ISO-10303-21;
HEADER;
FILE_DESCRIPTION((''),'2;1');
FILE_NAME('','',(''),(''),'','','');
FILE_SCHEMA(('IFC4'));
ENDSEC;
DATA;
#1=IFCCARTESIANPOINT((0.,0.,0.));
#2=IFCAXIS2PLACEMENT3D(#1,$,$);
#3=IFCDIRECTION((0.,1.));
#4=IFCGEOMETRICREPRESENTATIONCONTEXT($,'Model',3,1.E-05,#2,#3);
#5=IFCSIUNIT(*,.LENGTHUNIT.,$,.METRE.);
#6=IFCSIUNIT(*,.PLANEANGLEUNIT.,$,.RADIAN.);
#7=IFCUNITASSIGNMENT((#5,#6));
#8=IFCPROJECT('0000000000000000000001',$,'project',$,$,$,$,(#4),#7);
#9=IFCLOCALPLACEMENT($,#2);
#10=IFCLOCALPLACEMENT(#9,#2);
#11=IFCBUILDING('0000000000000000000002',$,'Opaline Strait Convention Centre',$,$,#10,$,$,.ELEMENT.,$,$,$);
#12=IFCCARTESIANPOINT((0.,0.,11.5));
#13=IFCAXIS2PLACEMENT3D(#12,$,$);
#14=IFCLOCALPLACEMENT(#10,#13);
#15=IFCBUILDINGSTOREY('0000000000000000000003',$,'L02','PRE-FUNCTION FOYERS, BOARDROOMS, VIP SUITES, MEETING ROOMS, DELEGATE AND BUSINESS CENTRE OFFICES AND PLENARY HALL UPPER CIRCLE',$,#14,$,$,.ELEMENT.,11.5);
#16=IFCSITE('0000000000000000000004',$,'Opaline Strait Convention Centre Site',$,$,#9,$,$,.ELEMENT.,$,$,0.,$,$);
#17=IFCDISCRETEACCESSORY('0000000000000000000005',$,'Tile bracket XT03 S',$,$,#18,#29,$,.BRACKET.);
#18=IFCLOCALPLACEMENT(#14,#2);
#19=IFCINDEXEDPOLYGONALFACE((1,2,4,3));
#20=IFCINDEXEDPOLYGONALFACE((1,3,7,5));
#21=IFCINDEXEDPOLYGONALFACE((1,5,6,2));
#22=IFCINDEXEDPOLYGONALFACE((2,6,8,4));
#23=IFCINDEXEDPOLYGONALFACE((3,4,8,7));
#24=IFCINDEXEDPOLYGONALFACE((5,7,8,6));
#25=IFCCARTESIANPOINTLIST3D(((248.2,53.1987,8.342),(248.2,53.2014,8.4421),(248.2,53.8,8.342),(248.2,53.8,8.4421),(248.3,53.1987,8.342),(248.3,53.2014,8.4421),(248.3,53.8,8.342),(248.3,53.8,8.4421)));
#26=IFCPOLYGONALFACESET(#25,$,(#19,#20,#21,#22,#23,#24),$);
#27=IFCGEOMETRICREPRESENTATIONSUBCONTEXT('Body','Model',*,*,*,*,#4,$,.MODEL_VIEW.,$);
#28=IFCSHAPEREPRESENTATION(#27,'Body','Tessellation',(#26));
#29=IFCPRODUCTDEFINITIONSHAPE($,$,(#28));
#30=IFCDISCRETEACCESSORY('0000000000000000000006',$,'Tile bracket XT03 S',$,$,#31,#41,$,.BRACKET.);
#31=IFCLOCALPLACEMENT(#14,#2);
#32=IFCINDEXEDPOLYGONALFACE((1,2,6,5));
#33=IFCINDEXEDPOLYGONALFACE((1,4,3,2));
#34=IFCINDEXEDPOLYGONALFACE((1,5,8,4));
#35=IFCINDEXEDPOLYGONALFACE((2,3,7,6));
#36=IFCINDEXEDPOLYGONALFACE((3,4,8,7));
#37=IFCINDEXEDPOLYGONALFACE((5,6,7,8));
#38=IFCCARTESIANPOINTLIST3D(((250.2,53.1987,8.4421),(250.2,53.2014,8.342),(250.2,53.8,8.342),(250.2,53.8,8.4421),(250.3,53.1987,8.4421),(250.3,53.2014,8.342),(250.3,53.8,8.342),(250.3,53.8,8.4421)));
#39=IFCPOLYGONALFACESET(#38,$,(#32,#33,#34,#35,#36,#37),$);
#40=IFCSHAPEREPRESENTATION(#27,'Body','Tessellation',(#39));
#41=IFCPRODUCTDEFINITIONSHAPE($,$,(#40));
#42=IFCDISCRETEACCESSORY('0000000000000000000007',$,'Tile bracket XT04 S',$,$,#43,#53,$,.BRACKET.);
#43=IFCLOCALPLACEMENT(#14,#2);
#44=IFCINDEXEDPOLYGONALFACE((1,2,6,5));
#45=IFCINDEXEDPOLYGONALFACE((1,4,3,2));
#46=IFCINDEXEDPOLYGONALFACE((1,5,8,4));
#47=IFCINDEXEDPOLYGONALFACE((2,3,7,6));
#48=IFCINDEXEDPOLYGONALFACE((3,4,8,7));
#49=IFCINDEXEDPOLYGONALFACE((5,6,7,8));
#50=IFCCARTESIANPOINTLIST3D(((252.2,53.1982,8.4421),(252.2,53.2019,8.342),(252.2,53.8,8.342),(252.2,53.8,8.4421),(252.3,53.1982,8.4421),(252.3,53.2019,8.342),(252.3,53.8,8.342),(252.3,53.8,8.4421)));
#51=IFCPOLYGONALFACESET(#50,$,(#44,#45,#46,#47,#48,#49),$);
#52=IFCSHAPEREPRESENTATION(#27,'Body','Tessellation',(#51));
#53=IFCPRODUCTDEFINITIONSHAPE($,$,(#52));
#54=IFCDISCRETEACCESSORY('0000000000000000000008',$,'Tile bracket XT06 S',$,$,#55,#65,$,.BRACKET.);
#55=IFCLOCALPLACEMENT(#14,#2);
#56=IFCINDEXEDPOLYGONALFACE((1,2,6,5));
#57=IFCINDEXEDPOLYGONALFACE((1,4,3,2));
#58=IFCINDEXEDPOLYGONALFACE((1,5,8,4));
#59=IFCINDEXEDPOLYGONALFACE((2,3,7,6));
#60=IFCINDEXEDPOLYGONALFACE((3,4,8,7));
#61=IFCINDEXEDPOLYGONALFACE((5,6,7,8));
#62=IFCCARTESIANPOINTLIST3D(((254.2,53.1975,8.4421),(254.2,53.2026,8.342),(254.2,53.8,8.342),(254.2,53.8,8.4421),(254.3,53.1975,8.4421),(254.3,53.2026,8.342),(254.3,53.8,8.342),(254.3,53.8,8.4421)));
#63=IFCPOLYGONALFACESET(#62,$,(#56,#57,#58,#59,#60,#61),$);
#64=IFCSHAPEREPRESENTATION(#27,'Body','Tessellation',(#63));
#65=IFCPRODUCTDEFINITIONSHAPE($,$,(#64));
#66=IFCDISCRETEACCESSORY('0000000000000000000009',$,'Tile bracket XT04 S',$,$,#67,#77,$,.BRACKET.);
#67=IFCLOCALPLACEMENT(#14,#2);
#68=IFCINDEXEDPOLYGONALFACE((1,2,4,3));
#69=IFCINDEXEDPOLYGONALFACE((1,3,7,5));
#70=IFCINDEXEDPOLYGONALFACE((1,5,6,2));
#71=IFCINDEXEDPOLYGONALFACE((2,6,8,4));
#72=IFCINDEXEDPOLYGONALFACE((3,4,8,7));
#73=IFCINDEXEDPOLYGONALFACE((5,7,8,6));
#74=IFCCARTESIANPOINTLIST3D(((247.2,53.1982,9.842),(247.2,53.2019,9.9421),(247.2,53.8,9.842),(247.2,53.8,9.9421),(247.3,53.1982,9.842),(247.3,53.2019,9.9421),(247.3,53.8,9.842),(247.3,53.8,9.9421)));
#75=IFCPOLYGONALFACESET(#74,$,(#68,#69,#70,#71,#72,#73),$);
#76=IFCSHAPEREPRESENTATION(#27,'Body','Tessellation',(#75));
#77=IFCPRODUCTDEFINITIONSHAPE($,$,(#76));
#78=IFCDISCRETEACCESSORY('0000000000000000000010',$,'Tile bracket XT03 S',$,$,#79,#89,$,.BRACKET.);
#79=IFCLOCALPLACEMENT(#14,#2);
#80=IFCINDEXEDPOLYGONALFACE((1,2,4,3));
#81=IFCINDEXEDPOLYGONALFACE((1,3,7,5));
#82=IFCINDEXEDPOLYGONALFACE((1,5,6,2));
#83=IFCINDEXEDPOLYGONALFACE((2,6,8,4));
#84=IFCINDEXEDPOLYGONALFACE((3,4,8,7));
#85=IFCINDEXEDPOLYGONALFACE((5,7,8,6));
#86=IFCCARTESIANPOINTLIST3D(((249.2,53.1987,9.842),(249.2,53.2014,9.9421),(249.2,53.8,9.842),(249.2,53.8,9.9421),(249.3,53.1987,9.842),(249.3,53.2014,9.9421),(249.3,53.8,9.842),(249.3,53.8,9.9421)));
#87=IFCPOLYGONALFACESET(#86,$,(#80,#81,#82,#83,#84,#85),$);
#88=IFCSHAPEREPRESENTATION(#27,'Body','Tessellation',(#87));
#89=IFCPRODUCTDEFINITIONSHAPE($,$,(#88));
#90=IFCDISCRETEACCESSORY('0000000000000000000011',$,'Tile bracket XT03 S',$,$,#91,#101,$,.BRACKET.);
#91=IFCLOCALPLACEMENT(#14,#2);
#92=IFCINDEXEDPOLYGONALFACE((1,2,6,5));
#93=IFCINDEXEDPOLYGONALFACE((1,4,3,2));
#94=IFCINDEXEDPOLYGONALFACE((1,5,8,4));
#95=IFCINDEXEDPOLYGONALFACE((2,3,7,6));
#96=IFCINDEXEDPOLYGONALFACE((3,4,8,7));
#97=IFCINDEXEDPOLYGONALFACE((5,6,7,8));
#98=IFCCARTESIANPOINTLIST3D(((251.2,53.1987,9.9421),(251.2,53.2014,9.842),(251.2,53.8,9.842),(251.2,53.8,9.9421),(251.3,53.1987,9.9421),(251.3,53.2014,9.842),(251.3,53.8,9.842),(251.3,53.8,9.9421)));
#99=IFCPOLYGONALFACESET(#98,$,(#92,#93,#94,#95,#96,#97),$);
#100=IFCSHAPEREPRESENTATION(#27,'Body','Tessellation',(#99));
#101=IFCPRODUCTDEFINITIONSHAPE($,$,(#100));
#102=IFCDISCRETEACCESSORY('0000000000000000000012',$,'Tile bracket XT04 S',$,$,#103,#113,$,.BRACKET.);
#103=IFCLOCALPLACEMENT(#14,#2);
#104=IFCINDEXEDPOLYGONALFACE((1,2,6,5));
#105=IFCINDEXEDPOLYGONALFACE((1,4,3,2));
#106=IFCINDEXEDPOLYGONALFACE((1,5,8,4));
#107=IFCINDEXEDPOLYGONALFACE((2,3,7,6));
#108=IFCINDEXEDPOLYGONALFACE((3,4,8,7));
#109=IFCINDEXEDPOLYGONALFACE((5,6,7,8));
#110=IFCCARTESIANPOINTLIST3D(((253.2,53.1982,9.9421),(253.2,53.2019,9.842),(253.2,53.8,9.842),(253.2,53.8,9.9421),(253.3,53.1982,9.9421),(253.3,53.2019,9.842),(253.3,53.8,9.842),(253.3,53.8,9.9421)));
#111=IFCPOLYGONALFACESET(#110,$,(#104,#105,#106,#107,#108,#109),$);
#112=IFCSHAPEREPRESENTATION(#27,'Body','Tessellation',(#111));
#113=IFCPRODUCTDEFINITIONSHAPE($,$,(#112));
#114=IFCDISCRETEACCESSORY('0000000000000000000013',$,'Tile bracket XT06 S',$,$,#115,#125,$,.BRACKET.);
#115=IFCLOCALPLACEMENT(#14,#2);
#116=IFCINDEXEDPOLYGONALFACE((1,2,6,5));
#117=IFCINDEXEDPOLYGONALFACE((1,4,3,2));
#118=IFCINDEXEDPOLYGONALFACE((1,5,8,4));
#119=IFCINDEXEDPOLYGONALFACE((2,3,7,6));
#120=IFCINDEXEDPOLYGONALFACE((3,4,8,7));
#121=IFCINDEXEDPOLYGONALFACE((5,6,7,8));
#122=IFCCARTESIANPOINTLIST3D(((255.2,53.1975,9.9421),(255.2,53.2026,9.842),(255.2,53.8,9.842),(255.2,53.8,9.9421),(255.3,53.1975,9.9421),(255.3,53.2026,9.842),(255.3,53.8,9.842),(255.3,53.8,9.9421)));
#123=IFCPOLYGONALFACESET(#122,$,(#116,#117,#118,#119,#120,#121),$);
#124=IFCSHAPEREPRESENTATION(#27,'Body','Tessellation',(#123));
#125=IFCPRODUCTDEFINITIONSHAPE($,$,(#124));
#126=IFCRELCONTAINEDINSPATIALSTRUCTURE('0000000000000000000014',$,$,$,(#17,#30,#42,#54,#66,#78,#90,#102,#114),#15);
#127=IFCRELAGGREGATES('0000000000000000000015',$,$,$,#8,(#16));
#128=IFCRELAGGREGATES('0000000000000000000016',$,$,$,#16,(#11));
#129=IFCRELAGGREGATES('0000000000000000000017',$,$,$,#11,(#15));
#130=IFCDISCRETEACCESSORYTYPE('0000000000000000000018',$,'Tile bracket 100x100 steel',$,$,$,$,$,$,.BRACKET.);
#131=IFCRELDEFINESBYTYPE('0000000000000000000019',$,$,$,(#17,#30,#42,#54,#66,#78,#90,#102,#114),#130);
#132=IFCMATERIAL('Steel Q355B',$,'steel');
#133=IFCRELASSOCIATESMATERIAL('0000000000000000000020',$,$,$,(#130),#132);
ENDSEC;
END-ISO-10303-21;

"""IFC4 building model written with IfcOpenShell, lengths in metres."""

from ifc_helpers import new_model, si_unit, direction, frame, origin, place, context, subcontext, project, spatial, polyline, outline, extrude, material, type_object, element, save


model = new_model("IFC4")

# Units and contexts
model_context = context("Model", 3, precision=1e-05, world=origin(), true_north=direction((0.0, 1.0)))
body_context = subcontext(model_context, "Body", "Model", "MODEL_VIEW")
ifc_project = project(units=[si_unit("LENGTHUNIT", "METRE"), si_unit("PLANEANGLEUNIT", "RADIAN")], contexts=[model_context])

# Site, building, storey
site_placement = place(None, origin())
site = spatial("IfcSite", under=ifc_project, at=site_placement, Name="Opaline Strait Convention Centre Site", CompositionType="ELEMENT", RefElevation=0.0)
building_placement = place(site_placement, origin())
building = spatial("IfcBuilding", under=site, at=building_placement, Name="Opaline Strait Convention Centre", CompositionType="ELEMENT")
storey_placement = place(building_placement, frame((0.0, 0.0, 11.5)))
storey = spatial("IfcBuildingStorey", under=building, at=storey_placement, Name="L02", Description="PRE-FUNCTION FOYERS, BOARDROOMS, VIP SUITES, MEETING ROOMS, DELEGATE AND BUSINESS CENTRE OFFICES AND PLENARY HALL UPPER CIRCLE", CompositionType="ELEMENT", Elevation=11.5)

# Discrete accessories
ifc_material_1 = material(Name="Steel Q355B", Category="steel")
discrete_accessory_type = type_object("IfcDiscreteAccessoryType", Name="Tile bracket 100x100 steel", PredefinedType="BRACKET", material=ifc_material_1)
discrete_accessory_1_placement = place(storey_placement, frame((248.2, 53.8, 8.3921), z_axis=(1.0, 0.0, 0.0), x_axis=(0.0, 1.0, 0.0)))
element("IfcDiscreteAccessory", 1, at=discrete_accessory_1_placement, inside=storey, type_object=discrete_accessory_type, Name="Tile bracket XT03 S", PredefinedType="BRACKET", context=body_context, shape_type="SweptSolid", body=[
    extrude(outline(polyline([(0.0, -0.05), (0.0, 0.05), (-0.5986, 0.05), (-0.6013, -0.05), (0.0, -0.05)])), origin(), (0.0, 0.0, 1.0), 0.1001),
])
discrete_accessory_2_placement = place(storey_placement, frame((250.2, 53.8, 8.3921), z_axis=(1.0, 0.0, 0.0), x_axis=(0.0, 1.0, 0.0)))
element("IfcDiscreteAccessory", 2, at=discrete_accessory_2_placement, inside=storey, type_object=discrete_accessory_type, Name="Tile bracket XT03 S", PredefinedType="BRACKET", context=body_context, shape_type="SweptSolid", body=[
    extrude(outline(polyline([(0.0, -0.05), (0.0, 0.05), (-0.6013, 0.05), (-0.5986, -0.05), (0.0, -0.05)])), origin(), (0.0, 0.0, 1.0), 0.1001),
])
discrete_accessory_3_placement = place(storey_placement, frame((252.2, 53.8, 8.3921), z_axis=(1.0, 0.0, 0.0), x_axis=(0.0, 1.0, 0.0)))
element("IfcDiscreteAccessory", 3, at=discrete_accessory_3_placement, inside=storey, type_object=discrete_accessory_type, Name="Tile bracket XT04 S", PredefinedType="BRACKET", context=body_context, shape_type="SweptSolid", body=[
    extrude(outline(polyline([(0.0, -0.05), (0.0, 0.05), (-0.6018, 0.05), (-0.5981, -0.05), (0.0, -0.05)])), origin(), (0.0, 0.0, 1.0), 0.1001),
])
discrete_accessory_4_placement = place(storey_placement, frame((254.2, 53.8, 8.3921), z_axis=(1.0, 0.0, 0.0), x_axis=(0.0, 1.0, 0.0)))
element("IfcDiscreteAccessory", 4, at=discrete_accessory_4_placement, inside=storey, type_object=discrete_accessory_type, Name="Tile bracket XT06 S", PredefinedType="BRACKET", context=body_context, shape_type="SweptSolid", body=[
    extrude(outline(polyline([(0.0, -0.05), (0.0, 0.05), (-0.6025, 0.05), (-0.5974, -0.05), (0.0, -0.05)])), origin(), (0.0, 0.0, 1.0), 0.1001),
])
discrete_accessory_5_placement = place(storey_placement, frame((247.2, 53.8, 9.8921), z_axis=(1.0, 0.0, 0.0), x_axis=(0.0, 1.0, 0.0)))
element("IfcDiscreteAccessory", 5, at=discrete_accessory_5_placement, inside=storey, type_object=discrete_accessory_type, Name="Tile bracket XT04 S", PredefinedType="BRACKET", context=body_context, shape_type="SweptSolid", body=[
    extrude(outline(polyline([(0.0, -0.05), (0.0, 0.05), (-0.5981, 0.05), (-0.6018, -0.05), (0.0, -0.05)])), origin(), (0.0, 0.0, 1.0), 0.1001),
])
discrete_accessory_6_placement = place(storey_placement, frame((249.2, 53.8, 9.8921), z_axis=(1.0, 0.0, 0.0), x_axis=(0.0, 1.0, 0.0)))
element("IfcDiscreteAccessory", 6, at=discrete_accessory_6_placement, inside=storey, type_object=discrete_accessory_type, Name="Tile bracket XT03 S", PredefinedType="BRACKET", context=body_context, shape_type="SweptSolid", body=[
    extrude(outline(polyline([(0.0, -0.05), (0.0, 0.05), (-0.5986, 0.05), (-0.6013, -0.05), (0.0, -0.05)])), origin(), (0.0, 0.0, 1.0), 0.1001),
])
discrete_accessory_7_placement = place(storey_placement, frame((251.2, 53.8, 9.8921), z_axis=(1.0, 0.0, 0.0), x_axis=(0.0, 1.0, 0.0)))
element("IfcDiscreteAccessory", 7, at=discrete_accessory_7_placement, inside=storey, type_object=discrete_accessory_type, Name="Tile bracket XT03 S", PredefinedType="BRACKET", context=body_context, shape_type="SweptSolid", body=[
    extrude(outline(polyline([(0.0, -0.05), (0.0, 0.05), (-0.6013, 0.05), (-0.5986, -0.05), (0.0, -0.05)])), origin(), (0.0, 0.0, 1.0), 0.1001),
])
discrete_accessory_8_placement = place(storey_placement, frame((253.2, 53.8, 9.8921), z_axis=(1.0, 0.0, 0.0), x_axis=(0.0, 1.0, 0.0)))
element("IfcDiscreteAccessory", 8, at=discrete_accessory_8_placement, inside=storey, type_object=discrete_accessory_type, Name="Tile bracket XT04 S", PredefinedType="BRACKET", context=body_context, shape_type="SweptSolid", body=[
    extrude(outline(polyline([(0.0, -0.05), (0.0, 0.05), (-0.6018, 0.05), (-0.5981, -0.05), (0.0, -0.05)])), origin(), (0.0, 0.0, 1.0), 0.1001),
])
discrete_accessory_9_placement = place(storey_placement, frame((255.2, 53.8, 9.8921), z_axis=(1.0, 0.0, 0.0), x_axis=(0.0, 1.0, 0.0)))
element("IfcDiscreteAccessory", 9, at=discrete_accessory_9_placement, inside=storey, type_object=discrete_accessory_type, Name="Tile bracket XT06 S", PredefinedType="BRACKET", context=body_context, shape_type="SweptSolid", body=[
    extrude(outline(polyline([(0.0, -0.05), (0.0, 0.05), (-0.6025, 0.05), (-0.5974, -0.05), (0.0, -0.05)])), origin(), (0.0, 0.0, 1.0), 0.1001),
])

save(model, "model.ifc")
